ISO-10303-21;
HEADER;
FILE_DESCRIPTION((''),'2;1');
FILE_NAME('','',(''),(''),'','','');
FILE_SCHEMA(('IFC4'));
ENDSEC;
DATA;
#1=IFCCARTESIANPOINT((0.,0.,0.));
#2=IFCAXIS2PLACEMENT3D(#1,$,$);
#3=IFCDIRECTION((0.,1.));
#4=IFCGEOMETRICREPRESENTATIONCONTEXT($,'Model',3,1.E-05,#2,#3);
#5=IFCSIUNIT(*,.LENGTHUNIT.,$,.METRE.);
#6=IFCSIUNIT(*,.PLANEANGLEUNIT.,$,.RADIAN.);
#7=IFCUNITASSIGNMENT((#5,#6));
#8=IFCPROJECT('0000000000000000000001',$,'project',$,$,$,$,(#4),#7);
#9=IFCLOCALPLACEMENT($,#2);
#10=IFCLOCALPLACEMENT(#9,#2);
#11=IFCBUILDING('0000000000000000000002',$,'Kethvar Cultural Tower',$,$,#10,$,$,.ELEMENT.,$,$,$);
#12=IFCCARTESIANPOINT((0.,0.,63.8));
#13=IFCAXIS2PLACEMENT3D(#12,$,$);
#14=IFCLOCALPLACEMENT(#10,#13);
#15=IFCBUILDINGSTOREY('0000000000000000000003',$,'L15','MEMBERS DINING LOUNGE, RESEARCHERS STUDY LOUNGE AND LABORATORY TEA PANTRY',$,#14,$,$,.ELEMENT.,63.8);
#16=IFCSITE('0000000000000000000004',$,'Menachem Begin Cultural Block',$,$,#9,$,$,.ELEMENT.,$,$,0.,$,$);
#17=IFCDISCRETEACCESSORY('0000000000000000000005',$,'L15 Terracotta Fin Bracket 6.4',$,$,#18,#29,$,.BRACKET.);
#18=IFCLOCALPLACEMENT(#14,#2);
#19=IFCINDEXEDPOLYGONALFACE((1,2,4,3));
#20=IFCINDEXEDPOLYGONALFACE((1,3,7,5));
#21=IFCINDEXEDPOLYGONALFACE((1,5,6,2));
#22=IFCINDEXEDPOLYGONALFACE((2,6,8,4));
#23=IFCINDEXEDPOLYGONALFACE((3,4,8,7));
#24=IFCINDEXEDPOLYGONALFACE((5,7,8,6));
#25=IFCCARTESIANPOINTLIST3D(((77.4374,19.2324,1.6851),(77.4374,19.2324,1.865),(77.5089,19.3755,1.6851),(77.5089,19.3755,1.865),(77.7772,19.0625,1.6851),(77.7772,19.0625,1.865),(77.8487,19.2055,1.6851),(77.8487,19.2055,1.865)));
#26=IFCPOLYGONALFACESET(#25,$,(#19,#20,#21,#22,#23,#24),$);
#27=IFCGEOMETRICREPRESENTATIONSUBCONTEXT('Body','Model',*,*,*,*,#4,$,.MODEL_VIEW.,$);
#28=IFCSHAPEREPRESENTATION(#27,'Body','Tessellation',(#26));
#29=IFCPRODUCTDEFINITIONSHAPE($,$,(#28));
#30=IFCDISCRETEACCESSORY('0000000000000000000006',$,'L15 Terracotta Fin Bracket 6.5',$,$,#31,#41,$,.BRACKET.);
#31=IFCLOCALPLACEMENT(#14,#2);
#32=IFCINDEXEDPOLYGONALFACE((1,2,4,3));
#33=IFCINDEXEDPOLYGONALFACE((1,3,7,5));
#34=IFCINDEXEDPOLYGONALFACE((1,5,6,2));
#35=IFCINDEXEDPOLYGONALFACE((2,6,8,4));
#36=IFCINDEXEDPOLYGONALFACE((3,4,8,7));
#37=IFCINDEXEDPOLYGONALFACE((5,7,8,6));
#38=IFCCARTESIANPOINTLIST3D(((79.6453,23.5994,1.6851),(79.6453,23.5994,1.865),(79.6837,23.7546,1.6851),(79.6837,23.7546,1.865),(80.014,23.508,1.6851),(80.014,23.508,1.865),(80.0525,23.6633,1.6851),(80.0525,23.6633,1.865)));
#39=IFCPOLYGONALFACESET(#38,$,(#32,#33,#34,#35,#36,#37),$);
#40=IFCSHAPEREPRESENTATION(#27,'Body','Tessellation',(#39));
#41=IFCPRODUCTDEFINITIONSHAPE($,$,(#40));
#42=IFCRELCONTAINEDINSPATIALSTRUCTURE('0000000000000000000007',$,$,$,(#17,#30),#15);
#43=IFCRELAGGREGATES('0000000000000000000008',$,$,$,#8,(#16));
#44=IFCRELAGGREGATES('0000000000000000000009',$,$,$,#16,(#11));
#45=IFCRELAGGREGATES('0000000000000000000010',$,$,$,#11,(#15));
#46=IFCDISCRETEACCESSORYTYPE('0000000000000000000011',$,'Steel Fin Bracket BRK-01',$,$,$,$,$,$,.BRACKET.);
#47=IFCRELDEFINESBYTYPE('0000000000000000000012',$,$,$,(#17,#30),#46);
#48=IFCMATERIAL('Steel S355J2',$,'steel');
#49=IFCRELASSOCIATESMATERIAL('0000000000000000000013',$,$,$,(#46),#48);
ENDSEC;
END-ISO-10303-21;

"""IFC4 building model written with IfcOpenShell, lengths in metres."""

from ifc_helpers import new_model, si_unit, direction, frame, origin, origin_2d, place, context, subcontext, project, spatial, rectangle, extrude, source, transform, mapped, material, type_object, element, save


model = new_model("IFC4")

# Units and contexts
model_context = context("Model", 3, precision=1e-05, world=origin(), true_north=direction((0.0, 1.0)))
body_context = subcontext(model_context, "Body", "Model", "MODEL_VIEW")
ifc_project = project(units=[si_unit("LENGTHUNIT", "METRE"), si_unit("PLANEANGLEUNIT", "RADIAN")], contexts=[model_context])

# Site, building, storey
site_placement = place(None, origin())
site = spatial("IfcSite", under=ifc_project, at=site_placement, Name="Menachem Begin Cultural Block", CompositionType="ELEMENT", RefElevation=0.0)
building_placement = place(site_placement, origin())
building = spatial("IfcBuilding", under=site, at=building_placement, Name="Kethvar Cultural Tower", CompositionType="ELEMENT")
storey_placement = place(building_placement, frame((0.0, 0.0, 63.8)))
storey = spatial("IfcBuildingStorey", under=building, at=storey_placement, Name="L15", Description="MEMBERS DINING LOUNGE, RESEARCHERS STUDY LOUNGE AND LABORATORY TEA PANTRY", CompositionType="ELEMENT", Elevation=63.8)

# Shared definitions
ifc_material_1 = material(Name="Steel S355J2", Category="steel")

# Discrete accessories
discrete_accessory_type = type_object("IfcDiscreteAccessoryType", Name="Steel Fin Bracket BRK-01", PredefinedType="BRACKET", material=ifc_material_1)
shared_shape_1 = source(origin(), body_context, "Body", "SweptSolid", [
    extrude(rectangle(XDim=0.3799, YDim=0.1599, at=origin_2d()), origin(), (0.0, 0.0, 1.0), 0.1799),
])
for number, where, z_axis, x_axis, name in (
    (1, (77.6431, 19.219, 1.6851), (0.0, 0.0, 1.0), (0.894389, -0.447291, 0.0), "L15 Terracotta Fin Bracket 6.4"),
    (2, (79.8489, 23.6313, 1.6851), (0.0, 0.0, 1.0), (0.970633, -0.240567, 0.0), "L15 Terracotta Fin Bracket 6.5"),
):
    element("IfcDiscreteAccessory", number, at=place(storey_placement, frame(where, z_axis=z_axis, x_axis=x_axis)), inside=storey, type_object=discrete_accessory_type, Name=name, PredefinedType="BRACKET", context=body_context, shape_type="MappedRepresentation", body=[
        mapped(shared_shape_1, transform((0.0, 0.0, 0.0), scale=1.0)),
    ])

save(model, "model.ifc")
